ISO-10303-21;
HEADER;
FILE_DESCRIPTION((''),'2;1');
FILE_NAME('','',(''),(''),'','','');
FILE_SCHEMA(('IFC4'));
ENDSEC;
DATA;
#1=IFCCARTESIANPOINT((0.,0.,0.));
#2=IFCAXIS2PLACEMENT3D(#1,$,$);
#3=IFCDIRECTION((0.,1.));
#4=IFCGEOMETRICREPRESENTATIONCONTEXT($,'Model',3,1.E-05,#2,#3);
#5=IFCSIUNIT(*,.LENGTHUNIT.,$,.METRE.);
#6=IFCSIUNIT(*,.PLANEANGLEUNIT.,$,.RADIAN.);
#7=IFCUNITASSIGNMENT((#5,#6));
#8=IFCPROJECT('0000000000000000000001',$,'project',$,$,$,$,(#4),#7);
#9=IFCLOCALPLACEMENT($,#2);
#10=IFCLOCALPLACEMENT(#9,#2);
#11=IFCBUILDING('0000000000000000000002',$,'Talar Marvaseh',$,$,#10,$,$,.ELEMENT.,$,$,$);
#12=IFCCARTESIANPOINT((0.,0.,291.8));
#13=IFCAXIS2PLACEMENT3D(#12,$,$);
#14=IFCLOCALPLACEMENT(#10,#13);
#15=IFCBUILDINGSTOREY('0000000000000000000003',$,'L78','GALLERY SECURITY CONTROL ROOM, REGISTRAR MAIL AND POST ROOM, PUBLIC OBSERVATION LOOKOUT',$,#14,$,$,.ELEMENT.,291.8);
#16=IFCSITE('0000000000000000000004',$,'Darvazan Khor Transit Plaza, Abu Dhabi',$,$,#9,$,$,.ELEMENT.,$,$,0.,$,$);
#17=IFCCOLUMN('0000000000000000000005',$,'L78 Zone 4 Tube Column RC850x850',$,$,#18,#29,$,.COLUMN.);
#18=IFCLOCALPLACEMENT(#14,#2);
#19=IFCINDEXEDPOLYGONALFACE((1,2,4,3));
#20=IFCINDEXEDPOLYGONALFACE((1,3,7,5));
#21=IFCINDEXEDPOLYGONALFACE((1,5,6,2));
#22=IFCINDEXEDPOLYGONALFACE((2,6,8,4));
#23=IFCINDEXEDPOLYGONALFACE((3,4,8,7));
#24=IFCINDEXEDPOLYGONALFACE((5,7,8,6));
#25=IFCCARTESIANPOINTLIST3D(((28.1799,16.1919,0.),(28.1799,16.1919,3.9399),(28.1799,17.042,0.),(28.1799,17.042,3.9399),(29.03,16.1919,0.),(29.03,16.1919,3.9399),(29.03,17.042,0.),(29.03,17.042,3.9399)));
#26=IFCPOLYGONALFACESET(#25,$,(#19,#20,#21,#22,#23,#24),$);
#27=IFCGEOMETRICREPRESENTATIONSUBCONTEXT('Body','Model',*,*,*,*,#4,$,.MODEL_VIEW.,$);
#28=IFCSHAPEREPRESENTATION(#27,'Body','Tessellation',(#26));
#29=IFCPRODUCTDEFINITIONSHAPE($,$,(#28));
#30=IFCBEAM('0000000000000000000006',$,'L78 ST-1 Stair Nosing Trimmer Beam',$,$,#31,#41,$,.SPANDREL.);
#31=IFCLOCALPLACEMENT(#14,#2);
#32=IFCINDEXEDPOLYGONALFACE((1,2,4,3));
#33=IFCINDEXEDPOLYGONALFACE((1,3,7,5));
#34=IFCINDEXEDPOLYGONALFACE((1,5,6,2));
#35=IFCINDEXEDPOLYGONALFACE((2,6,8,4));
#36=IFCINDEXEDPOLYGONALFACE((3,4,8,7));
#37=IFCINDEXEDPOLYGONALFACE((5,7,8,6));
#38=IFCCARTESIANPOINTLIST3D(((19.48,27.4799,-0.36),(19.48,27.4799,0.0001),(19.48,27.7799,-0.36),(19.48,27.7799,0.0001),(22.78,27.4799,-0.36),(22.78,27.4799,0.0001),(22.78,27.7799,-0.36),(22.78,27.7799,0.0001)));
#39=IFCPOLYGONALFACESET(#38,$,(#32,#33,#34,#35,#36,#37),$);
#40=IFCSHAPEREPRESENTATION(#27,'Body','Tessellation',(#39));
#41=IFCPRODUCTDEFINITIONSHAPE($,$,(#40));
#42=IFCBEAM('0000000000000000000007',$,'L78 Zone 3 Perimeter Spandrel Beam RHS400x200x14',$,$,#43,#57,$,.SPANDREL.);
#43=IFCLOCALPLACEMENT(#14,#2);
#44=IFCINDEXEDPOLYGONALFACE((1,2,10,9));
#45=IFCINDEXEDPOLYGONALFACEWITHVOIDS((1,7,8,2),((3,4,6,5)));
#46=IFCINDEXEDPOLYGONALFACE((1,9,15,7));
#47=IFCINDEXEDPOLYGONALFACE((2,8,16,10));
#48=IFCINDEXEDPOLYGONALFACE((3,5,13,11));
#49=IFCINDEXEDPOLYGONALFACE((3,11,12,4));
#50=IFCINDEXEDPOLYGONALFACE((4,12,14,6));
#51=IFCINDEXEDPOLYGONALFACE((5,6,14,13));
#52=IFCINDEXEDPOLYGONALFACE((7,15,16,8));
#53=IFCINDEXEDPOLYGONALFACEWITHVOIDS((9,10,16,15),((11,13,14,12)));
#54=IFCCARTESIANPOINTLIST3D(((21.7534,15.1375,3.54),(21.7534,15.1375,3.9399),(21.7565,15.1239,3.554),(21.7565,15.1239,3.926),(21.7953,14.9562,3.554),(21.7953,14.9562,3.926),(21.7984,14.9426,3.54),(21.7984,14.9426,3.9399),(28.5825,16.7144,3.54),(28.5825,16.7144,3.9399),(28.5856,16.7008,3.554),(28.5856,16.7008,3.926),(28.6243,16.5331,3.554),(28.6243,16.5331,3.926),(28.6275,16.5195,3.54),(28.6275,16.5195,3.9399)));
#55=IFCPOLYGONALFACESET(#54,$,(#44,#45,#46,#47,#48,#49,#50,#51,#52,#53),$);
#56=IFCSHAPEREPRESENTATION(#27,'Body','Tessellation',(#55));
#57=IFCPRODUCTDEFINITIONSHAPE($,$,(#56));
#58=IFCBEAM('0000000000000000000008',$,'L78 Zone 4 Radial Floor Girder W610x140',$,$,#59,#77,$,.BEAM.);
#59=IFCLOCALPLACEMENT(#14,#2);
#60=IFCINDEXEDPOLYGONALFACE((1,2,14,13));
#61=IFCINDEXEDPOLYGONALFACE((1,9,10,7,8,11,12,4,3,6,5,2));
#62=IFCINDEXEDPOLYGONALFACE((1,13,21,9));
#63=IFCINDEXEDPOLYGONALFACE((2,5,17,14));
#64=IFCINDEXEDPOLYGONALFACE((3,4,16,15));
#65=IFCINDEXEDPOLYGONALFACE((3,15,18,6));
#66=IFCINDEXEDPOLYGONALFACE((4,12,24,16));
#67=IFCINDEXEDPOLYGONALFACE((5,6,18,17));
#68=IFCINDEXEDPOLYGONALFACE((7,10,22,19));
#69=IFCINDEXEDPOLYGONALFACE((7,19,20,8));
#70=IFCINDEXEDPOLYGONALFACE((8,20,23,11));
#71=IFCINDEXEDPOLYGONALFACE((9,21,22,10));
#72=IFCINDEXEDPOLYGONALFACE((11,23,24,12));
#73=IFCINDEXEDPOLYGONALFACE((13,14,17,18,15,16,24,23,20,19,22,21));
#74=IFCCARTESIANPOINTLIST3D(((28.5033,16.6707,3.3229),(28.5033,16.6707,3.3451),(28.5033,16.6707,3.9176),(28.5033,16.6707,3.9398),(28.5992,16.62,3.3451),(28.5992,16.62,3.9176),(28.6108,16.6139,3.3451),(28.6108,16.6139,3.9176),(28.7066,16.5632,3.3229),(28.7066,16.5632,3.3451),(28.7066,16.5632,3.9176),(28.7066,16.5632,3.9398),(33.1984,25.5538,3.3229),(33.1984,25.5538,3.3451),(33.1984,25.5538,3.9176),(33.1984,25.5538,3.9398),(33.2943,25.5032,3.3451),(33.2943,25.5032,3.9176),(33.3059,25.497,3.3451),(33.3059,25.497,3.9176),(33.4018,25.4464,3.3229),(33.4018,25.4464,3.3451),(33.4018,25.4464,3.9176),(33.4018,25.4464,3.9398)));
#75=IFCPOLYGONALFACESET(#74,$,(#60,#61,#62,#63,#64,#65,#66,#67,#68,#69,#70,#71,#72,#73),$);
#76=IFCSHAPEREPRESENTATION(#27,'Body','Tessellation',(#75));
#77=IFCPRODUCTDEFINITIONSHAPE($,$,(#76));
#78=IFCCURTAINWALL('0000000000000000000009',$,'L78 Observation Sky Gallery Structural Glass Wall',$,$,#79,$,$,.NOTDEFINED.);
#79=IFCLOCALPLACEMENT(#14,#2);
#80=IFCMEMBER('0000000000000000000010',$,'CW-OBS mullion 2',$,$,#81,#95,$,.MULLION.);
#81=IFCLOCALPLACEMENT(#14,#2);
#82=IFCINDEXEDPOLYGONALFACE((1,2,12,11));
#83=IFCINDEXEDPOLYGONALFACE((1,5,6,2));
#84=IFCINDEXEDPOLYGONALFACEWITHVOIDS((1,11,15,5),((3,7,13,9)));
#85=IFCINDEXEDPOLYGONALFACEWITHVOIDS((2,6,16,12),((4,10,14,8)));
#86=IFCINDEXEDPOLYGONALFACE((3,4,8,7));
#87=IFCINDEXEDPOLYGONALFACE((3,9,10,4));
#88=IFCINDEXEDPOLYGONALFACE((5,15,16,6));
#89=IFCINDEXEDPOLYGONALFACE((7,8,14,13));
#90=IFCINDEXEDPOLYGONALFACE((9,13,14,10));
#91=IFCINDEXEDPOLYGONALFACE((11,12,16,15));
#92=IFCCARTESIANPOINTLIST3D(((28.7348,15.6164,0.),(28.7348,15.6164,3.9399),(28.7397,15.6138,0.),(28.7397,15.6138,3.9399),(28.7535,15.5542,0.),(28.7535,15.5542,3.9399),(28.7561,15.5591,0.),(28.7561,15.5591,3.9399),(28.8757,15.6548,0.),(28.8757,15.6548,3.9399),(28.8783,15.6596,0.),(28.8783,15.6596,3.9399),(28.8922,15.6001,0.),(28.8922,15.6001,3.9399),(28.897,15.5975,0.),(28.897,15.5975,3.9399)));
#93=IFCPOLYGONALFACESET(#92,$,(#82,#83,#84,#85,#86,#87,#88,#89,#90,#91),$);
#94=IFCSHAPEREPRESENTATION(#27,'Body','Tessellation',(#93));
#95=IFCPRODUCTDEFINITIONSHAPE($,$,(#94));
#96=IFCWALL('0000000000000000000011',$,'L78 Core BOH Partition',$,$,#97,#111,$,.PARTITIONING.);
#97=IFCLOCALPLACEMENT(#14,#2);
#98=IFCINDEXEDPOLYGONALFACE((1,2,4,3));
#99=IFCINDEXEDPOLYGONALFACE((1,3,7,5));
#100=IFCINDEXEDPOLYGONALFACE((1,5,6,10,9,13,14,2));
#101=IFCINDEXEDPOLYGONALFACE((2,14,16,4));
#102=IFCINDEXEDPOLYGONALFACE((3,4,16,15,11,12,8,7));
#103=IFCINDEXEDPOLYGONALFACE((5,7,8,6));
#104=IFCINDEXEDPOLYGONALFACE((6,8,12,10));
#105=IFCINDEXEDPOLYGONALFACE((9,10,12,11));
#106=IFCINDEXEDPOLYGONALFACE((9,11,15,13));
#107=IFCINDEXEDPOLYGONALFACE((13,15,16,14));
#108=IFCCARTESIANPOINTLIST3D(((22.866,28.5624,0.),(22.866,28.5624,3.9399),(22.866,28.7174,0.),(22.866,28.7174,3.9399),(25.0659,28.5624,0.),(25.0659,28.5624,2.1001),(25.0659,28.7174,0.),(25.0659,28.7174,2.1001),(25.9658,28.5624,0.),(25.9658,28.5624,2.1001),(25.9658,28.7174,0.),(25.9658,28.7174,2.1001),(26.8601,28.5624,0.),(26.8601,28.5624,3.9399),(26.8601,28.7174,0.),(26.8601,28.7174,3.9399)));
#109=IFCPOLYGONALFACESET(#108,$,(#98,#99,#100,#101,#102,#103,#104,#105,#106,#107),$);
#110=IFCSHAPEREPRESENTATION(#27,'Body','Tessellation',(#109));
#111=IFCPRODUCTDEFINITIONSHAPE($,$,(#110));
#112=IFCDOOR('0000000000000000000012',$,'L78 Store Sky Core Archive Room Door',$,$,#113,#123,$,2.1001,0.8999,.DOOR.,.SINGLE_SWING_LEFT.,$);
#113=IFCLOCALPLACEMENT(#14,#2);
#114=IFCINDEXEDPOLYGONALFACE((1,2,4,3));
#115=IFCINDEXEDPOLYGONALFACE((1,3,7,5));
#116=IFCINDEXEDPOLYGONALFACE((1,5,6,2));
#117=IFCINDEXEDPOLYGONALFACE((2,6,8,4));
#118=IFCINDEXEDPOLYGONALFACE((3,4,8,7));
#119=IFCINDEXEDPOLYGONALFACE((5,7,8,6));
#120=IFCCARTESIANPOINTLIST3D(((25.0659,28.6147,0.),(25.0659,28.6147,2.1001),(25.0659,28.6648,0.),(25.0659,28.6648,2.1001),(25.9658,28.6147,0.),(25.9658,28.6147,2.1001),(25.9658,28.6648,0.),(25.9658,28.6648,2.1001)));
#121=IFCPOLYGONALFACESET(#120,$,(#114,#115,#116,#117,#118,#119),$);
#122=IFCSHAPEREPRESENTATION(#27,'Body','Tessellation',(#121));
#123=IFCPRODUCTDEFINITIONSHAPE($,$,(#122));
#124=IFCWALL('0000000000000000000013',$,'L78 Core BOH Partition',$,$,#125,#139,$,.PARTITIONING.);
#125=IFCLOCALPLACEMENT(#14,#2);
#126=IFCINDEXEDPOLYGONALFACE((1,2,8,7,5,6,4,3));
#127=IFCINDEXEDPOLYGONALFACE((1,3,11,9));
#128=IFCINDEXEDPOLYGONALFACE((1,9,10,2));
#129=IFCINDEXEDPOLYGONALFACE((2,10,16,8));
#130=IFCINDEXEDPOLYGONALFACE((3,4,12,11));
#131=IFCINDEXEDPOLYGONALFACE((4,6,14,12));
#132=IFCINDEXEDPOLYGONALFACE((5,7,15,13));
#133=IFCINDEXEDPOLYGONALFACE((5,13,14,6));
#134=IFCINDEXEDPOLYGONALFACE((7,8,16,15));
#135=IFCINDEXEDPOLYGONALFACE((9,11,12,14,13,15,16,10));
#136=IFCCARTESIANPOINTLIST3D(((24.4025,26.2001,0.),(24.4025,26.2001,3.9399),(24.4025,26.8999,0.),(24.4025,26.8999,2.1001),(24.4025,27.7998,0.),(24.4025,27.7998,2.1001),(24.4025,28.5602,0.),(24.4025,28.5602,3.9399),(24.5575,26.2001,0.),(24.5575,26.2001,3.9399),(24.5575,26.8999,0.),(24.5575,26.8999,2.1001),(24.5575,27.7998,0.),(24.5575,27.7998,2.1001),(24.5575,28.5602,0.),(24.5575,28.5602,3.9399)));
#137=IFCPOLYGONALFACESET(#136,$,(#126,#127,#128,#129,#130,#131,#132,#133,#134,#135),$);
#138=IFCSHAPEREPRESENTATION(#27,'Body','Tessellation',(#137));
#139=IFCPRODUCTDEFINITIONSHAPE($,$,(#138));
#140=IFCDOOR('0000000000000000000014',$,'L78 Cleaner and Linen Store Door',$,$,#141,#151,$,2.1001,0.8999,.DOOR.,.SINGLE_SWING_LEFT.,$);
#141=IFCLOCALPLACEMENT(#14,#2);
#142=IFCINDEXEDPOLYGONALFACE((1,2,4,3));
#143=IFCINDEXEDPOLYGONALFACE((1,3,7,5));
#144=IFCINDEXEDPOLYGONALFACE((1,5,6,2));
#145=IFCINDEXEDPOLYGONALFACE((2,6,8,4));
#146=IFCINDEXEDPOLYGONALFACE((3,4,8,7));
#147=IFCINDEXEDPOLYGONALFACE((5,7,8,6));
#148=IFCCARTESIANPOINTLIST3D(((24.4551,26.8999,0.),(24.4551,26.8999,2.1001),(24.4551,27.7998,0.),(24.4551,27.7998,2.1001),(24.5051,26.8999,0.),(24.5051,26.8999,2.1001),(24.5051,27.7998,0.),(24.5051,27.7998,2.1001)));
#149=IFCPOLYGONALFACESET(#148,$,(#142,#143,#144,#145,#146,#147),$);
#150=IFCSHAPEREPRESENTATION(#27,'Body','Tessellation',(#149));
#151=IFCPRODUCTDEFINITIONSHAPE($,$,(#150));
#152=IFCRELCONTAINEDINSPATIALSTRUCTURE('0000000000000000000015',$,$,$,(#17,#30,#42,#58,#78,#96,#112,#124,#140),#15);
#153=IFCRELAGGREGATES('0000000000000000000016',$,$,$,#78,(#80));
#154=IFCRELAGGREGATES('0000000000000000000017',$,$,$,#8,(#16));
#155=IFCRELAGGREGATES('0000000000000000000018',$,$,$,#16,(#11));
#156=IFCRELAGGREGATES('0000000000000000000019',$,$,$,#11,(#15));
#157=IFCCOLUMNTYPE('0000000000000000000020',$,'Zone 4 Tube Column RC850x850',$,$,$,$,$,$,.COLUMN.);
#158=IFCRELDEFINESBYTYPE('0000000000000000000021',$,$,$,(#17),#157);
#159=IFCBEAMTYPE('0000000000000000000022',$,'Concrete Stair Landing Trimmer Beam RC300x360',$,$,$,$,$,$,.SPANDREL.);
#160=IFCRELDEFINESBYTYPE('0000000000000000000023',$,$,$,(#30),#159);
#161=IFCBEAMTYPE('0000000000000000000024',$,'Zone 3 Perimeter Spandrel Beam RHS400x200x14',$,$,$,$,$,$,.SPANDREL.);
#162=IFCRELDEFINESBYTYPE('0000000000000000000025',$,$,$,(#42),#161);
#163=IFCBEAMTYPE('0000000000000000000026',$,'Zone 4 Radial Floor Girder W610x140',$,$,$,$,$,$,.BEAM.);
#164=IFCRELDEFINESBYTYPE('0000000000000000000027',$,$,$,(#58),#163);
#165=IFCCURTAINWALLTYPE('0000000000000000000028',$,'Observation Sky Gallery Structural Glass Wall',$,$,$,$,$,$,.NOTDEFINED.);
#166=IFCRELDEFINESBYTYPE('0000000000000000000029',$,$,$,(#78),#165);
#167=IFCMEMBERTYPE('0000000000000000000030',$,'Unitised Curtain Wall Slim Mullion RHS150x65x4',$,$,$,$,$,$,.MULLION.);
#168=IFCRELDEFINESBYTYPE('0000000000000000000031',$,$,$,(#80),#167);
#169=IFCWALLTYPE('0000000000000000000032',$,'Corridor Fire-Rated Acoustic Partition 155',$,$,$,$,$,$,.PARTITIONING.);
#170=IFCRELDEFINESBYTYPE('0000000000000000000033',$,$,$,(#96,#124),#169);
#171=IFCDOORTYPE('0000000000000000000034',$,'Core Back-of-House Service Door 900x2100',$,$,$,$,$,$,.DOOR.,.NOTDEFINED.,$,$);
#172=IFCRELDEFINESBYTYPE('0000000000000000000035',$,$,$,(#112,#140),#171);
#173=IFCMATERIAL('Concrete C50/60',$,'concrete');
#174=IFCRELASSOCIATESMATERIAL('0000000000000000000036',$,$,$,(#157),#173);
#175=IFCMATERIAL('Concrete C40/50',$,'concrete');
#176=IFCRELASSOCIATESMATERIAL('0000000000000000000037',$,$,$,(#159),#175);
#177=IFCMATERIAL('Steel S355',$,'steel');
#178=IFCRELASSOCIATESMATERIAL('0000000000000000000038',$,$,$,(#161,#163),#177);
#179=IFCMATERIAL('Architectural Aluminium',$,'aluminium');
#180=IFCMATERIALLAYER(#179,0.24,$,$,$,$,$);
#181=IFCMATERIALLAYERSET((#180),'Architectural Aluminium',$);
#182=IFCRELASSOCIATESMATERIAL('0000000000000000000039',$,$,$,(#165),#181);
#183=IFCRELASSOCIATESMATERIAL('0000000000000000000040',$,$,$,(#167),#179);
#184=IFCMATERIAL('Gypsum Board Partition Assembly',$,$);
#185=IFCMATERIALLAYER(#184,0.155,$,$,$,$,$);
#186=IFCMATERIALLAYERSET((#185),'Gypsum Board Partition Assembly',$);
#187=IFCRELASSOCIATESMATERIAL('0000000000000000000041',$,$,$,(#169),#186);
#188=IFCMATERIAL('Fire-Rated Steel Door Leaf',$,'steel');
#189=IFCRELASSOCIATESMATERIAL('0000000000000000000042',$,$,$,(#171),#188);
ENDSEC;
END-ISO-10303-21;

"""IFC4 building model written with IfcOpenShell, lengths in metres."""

from ifc_helpers import new_model, si_unit, direction, frame, frame_2d, origin, origin_2d, place, context, subcontext, project, spatial, rectangle, hollow_rectangle, i_section, extrude, source, transform, mapped, material, layer, layer_set, material_profile, profile_set, type_object, type_shapes, element, fill, aggregate, save


model = new_model("IFC4")

# Units and contexts
model_context = context("Model", 3, precision=1e-05, world=origin(), true_north=direction((0.0, 1.0)))
body_context = subcontext(model_context, "Body", "Model", "MODEL_VIEW")
ifc_project = project(units=[si_unit("LENGTHUNIT", "METRE"), si_unit("PLANEANGLEUNIT", "RADIAN")], contexts=[model_context])

# Site, building, storey
site_placement = place(None, origin())
site = spatial("IfcSite", under=ifc_project, at=site_placement, Name="Darvazan Khor Transit Plaza, Abu Dhabi", CompositionType="ELEMENT", RefElevation=0.0)
building_placement = place(site_placement, origin())
building = spatial("IfcBuilding", under=site, at=building_placement, Name="Talar Marvaseh", CompositionType="ELEMENT")
storey_placement = place(building_placement, frame((0.0, 0.0, 291.8)))
storey = spatial("IfcBuildingStorey", under=building, at=storey_placement, Name="L78", Description="GALLERY SECURITY CONTROL ROOM, REGISTRAR MAIL AND POST ROOM, PUBLIC OBSERVATION LOOKOUT", CompositionType="ELEMENT", Elevation=291.8)

# Column
ifc_material_1 = material(Name="Concrete C50/60", Category="concrete")
ifc_material_profile_1 = material_profile(ifc_material_1, rectangle(XDim=0.8501, YDim=0.8501, at=origin_2d()), Name="RC850x850")
ifc_profile_set_1 = profile_set([ifc_material_profile_1], Name="Concrete C50/60")
column_type = type_object("IfcColumnType", Name="Zone 4 Tube Column RC850x850", PredefinedType="COLUMN", material=ifc_profile_set_1)
column_placement = place(storey_placement, frame((28.605, 16.6169, 0.0), z_axis=(0.0, 0.0, 1.0), x_axis=(1.0, 0.0, 0.0)))
element("IfcColumn", 1, at=column_placement, inside=storey, type_object=column_type, Name="L78 Zone 4 Tube Column RC850x850", PredefinedType="COLUMN", context=body_context, shape_type="SweptSolid", body=[
    extrude(rectangle(XDim=0.8501, YDim=0.8501, at=origin_2d()), origin(), (0.0, 0.0, 1.0), 3.9399),
])

# Beams
ifc_material_2 = material(Name="Concrete C40/50", Category="concrete")
ifc_material_profile_2 = material_profile(ifc_material_2, rectangle(XDim=0.3, YDim=0.3601, at=origin_2d()), Name="RC300x360")
ifc_profile_set_2 = profile_set([ifc_material_profile_2], Name="Concrete C40/50")
beam_type_1 = type_object("IfcBeamType", Name="Concrete Stair Landing Trimmer Beam RC300x360", PredefinedType="SPANDREL", material=ifc_profile_set_2)
beam_1_placement = place(storey_placement, frame((22.78, 27.6299, -0.1799), z_axis=(-1.0, 0.0, 0.0), x_axis=(0.0, -1.0, 0.0)))
element("IfcBeam", 2, at=beam_1_placement, inside=storey, type_object=beam_type_1, Name="L78 ST-1 Stair Nosing Trimmer Beam", PredefinedType="SPANDREL", context=body_context, shape_type="SweptSolid", body=[
    extrude(rectangle(XDim=0.3, YDim=0.3601, at=origin_2d()), origin(), (0.0, 0.0, 1.0), 3.3),
])
ifc_material_3 = material(Name="Steel S355", Category="steel")
ifc_material_profile_3 = material_profile(ifc_material_3, hollow_rectangle(XDim=0.2, YDim=0.3999, WallThickness=0.0139, at=origin_2d()), Name="RHS400x200x14")
ifc_profile_set_3 = profile_set([ifc_material_profile_3], Name="Steel S355")
beam_type_2 = type_object("IfcBeamType", Name="Zone 3 Perimeter Spandrel Beam RHS400x200x14", PredefinedType="SPANDREL", material=ifc_profile_set_3)
beam_2_placement = place(storey_placement, frame((28.605, 16.6169, 3.74), z_axis=(-0.974361, -0.224989, 0.0), x_axis=(0.224989, -0.974361, 0.0)))
element("IfcBeam", 3, at=beam_2_placement, inside=storey, type_object=beam_type_2, Name="L78 Zone 3 Perimeter Spandrel Beam RHS400x200x14", PredefinedType="SPANDREL", context=body_context, shape_type="SweptSolid", body=[
    extrude(hollow_rectangle(XDim=0.2, YDim=0.3999, WallThickness=0.0139, at=origin_2d()), origin(), (0.0, 0.0, 1.0), 7.0088),
])
ifc_material_profile_4 = material_profile(ifc_material_3, i_section(OverallWidth=0.23, OverallDepth=0.6169, WebThickness=0.0132, FlangeThickness=0.0222, at=origin_2d()), Name="W610x140")
ifc_profile_set_4 = profile_set([ifc_material_profile_4], Name="Steel S355")
beam_type_3 = type_object("IfcBeamType", Name="Zone 4 Radial Floor Girder W610x140", PredefinedType="BEAM", material=ifc_profile_set_4)
beam_3_placement = place(storey_placement, frame((28.605, 16.6169, 3.6313), z_axis=(0.467287, 0.884106, 0.0), x_axis=(-0.884106, 0.467287, 0.0)))
element("IfcBeam", 4, at=beam_3_placement, inside=storey, type_object=beam_type_3, Name="L78 Zone 4 Radial Floor Girder W610x140", PredefinedType="BEAM", context=body_context, shape_type="SweptSolid", body=[
    extrude(i_section(OverallWidth=0.23, OverallDepth=0.6169, WebThickness=0.0132, FlangeThickness=0.0222, at=origin_2d()), origin(), (0.0, 0.0, 1.0), 10.0476),
])

# Curtain wall, member
ifc_material_4 = material(Name="Architectural Aluminium", Category="aluminium")
ifc_layer_1 = layer(ifc_material_4, 0.24)
ifc_layer_set_1 = layer_set([ifc_layer_1], Name="Architectural Aluminium")
curtain_wall_type = type_object("IfcCurtainWallType", Name="Observation Sky Gallery Structural Glass Wall", PredefinedType="NOTDEFINED", material=ifc_layer_set_1)
curtain_wall_placement = place(storey_placement, origin())
curtain_wall = element("IfcCurtainWall", 5, at=curtain_wall_placement, inside=storey, type_object=curtain_wall_type, Name="L78 Observation Sky Gallery Structural Glass Wall", PredefinedType="NOTDEFINED")
ifc_material_profile_5 = material_profile(ifc_material_4, hollow_rectangle(XDim=0.0649, YDim=0.1499, WallThickness=0.0039, at=origin_2d()), Name="RHS150x65x4")
ifc_profile_set_5 = profile_set([ifc_material_profile_5], Name="Architectural Aluminium")
member_type = type_object("IfcMemberType", Name="Unitised Curtain Wall Slim Mullion RHS150x65x4", PredefinedType="MULLION", material=ifc_profile_set_5)
shared_shape_1 = source(origin(), body_context, "Body", "SweptSolid", [
    extrude(hollow_rectangle(XDim=0.0649, YDim=0.1499, WallThickness=0.0039, at=origin_2d()), origin(), (0.0, 0.0, 1.0), 3.9399),
])
type_shapes(member_type, [shared_shape_1])
member_placement = place(storey_placement, frame((28.8159, 15.6069, 0.0), z_axis=(0.0, 0.0, 1.0), x_axis=(0.288346, -0.957526, 0.0)))
member = element("IfcMember", 6, at=member_placement, type_object=member_type, Name="CW-OBS mullion 2", PredefinedType="MULLION", context=body_context, shape_type="MappedRepresentation", body=[
    mapped(shared_shape_1, transform((0.0, 0.0, 0.0), x_axis=(1.0, 0.0, 0.0), y_axis=(0.0, 1.0, 0.0), z_axis=(0.0, 0.0, 1.0), scale=1.0)),
])
aggregate(curtain_wall, [member])

# Walls, openings, doors
ifc_material_5 = material(Name="Gypsum Board Partition Assembly")
ifc_layer_2 = layer(ifc_material_5, 0.155)
ifc_layer_set_2 = layer_set([ifc_layer_2], Name="Gypsum Board Partition Assembly")
wall_type_1 = type_object("IfcWallType", Name="Corridor Fire-Rated Acoustic Partition 155", PredefinedType="PARTITIONING", material=ifc_layer_set_2)
wall_1_placement = place(storey_placement, frame((22.866, 28.6399, 0.0), z_axis=(0.0, 0.0, 1.0), x_axis=(1.0, 0.0, 0.0)))
wall_1 = element("IfcWall", 7, at=wall_1_placement, inside=storey, type_object=wall_type_1, Name="L78 Core BOH Partition", PredefinedType="PARTITIONING", context=body_context, shape_type="SweptSolid", body=[
    extrude(rectangle(XDim=3.9941, YDim=0.155, at=frame_2d((1.9971, 0.0))), origin(), (0.0, 0.0, 1.0), 3.9399),
])
opening_1_placement = place(wall_1_placement, frame((2.2, 0.0, 0.0)))
opening_1 = element("IfcOpeningElement", 8, at=opening_1_placement, cuts=wall_1, PredefinedType="OPENING", context=body_context, shape_type="SweptSolid", body=[
    extrude(rectangle(XDim=0.8999, YDim=2.1001, at=frame_2d((0.45, 1.05))), frame((0.0, 0.0874, 0.0), z_axis=(0.0, -1.0, 0.0), x_axis=(1.0, 0.0, 0.0)), (0.0, 0.0, 1.0), 0.175),
])
ifc_material_6 = material(Name="Fire-Rated Steel Door Leaf", Category="steel")
door_type_1 = type_object("IfcDoorType", Name="Core Back-of-House Service Door 900x2100", OperationType="NOTDEFINED", PredefinedType="DOOR", material=ifc_material_6)
shared_shape_2 = source(origin(), body_context, "Body", "SweptSolid", [
    extrude(rectangle(XDim=0.8999, YDim=2.1001, at=frame_2d((0.45, 1.05))), frame((0.0, 0.0249, 0.0), z_axis=(0.0, -1.0, 0.0), x_axis=(1.0, 0.0, 0.0)), (0.0, 0.0, 1.0), 0.05),
])
type_shapes(door_type_1, [shared_shape_2])
door_1_placement = place(opening_1_placement, origin())
door_1 = element("IfcDoor", 9, at=door_1_placement, inside=storey, type_object=door_type_1, Name="L78 Store Sky Core Archive Room Door", OperationType="SINGLE_SWING_LEFT", OverallHeight=2.1001, OverallWidth=0.8999, PredefinedType="DOOR", context=body_context, shape_type="MappedRepresentation", body=[
    mapped(shared_shape_2, transform((0.0, 0.0, 0.0), x_axis=(1.0, 0.0, 0.0), y_axis=(0.0, 1.0, 0.0), z_axis=(0.0, 0.0, 1.0), scale=1.0)),
])
fill(opening_1, door_1)
wall_2_placement = place(storey_placement, frame((24.48, 26.2, 0.0), z_axis=(0.0, 0.0, 1.0), x_axis=(0.0, 1.0, 0.0)))
wall_2 = element("IfcWall", 10, at=wall_2_placement, inside=storey, type_object=wall_type_1, Name="L78 Core BOH Partition", PredefinedType="PARTITIONING", context=body_context, shape_type="SweptSolid", body=[
    extrude(rectangle(XDim=2.3601, YDim=0.155, at=frame_2d((1.1802, 0.0))), origin(), (0.0, 0.0, 1.0), 3.9399),
])
opening_2_placement = place(wall_2_placement, frame((0.7, 0.0, 0.0)))
opening_2 = element("IfcOpeningElement", 11, at=opening_2_placement, cuts=wall_2, PredefinedType="OPENING", context=body_context, shape_type="SweptSolid", body=[
    extrude(rectangle(XDim=0.8999, YDim=2.1001, at=frame_2d((0.45, 1.05))), frame((0.0, 0.0874, 0.0), z_axis=(0.0, -1.0, 0.0), x_axis=(1.0, 0.0, 0.0)), (0.0, 0.0, 1.0), 0.175),
])
door_2_placement = place(opening_2_placement, origin())
door_2 = element("IfcDoor", 12, at=door_2_placement, inside=storey, type_object=door_type_1, Name="L78 Cleaner and Linen Store Door", OperationType="SINGLE_SWING_LEFT", OverallHeight=2.1001, OverallWidth=0.8999, PredefinedType="DOOR", context=body_context, shape_type="MappedRepresentation", body=[
    mapped(shared_shape_2, transform((0.0, 0.0, 0.0), x_axis=(1.0, 0.0, 0.0), y_axis=(0.0, 1.0, 0.0), z_axis=(0.0, 0.0, 1.0), scale=1.0)),
])
fill(opening_2, door_2)

save(model, "model.ifc")
